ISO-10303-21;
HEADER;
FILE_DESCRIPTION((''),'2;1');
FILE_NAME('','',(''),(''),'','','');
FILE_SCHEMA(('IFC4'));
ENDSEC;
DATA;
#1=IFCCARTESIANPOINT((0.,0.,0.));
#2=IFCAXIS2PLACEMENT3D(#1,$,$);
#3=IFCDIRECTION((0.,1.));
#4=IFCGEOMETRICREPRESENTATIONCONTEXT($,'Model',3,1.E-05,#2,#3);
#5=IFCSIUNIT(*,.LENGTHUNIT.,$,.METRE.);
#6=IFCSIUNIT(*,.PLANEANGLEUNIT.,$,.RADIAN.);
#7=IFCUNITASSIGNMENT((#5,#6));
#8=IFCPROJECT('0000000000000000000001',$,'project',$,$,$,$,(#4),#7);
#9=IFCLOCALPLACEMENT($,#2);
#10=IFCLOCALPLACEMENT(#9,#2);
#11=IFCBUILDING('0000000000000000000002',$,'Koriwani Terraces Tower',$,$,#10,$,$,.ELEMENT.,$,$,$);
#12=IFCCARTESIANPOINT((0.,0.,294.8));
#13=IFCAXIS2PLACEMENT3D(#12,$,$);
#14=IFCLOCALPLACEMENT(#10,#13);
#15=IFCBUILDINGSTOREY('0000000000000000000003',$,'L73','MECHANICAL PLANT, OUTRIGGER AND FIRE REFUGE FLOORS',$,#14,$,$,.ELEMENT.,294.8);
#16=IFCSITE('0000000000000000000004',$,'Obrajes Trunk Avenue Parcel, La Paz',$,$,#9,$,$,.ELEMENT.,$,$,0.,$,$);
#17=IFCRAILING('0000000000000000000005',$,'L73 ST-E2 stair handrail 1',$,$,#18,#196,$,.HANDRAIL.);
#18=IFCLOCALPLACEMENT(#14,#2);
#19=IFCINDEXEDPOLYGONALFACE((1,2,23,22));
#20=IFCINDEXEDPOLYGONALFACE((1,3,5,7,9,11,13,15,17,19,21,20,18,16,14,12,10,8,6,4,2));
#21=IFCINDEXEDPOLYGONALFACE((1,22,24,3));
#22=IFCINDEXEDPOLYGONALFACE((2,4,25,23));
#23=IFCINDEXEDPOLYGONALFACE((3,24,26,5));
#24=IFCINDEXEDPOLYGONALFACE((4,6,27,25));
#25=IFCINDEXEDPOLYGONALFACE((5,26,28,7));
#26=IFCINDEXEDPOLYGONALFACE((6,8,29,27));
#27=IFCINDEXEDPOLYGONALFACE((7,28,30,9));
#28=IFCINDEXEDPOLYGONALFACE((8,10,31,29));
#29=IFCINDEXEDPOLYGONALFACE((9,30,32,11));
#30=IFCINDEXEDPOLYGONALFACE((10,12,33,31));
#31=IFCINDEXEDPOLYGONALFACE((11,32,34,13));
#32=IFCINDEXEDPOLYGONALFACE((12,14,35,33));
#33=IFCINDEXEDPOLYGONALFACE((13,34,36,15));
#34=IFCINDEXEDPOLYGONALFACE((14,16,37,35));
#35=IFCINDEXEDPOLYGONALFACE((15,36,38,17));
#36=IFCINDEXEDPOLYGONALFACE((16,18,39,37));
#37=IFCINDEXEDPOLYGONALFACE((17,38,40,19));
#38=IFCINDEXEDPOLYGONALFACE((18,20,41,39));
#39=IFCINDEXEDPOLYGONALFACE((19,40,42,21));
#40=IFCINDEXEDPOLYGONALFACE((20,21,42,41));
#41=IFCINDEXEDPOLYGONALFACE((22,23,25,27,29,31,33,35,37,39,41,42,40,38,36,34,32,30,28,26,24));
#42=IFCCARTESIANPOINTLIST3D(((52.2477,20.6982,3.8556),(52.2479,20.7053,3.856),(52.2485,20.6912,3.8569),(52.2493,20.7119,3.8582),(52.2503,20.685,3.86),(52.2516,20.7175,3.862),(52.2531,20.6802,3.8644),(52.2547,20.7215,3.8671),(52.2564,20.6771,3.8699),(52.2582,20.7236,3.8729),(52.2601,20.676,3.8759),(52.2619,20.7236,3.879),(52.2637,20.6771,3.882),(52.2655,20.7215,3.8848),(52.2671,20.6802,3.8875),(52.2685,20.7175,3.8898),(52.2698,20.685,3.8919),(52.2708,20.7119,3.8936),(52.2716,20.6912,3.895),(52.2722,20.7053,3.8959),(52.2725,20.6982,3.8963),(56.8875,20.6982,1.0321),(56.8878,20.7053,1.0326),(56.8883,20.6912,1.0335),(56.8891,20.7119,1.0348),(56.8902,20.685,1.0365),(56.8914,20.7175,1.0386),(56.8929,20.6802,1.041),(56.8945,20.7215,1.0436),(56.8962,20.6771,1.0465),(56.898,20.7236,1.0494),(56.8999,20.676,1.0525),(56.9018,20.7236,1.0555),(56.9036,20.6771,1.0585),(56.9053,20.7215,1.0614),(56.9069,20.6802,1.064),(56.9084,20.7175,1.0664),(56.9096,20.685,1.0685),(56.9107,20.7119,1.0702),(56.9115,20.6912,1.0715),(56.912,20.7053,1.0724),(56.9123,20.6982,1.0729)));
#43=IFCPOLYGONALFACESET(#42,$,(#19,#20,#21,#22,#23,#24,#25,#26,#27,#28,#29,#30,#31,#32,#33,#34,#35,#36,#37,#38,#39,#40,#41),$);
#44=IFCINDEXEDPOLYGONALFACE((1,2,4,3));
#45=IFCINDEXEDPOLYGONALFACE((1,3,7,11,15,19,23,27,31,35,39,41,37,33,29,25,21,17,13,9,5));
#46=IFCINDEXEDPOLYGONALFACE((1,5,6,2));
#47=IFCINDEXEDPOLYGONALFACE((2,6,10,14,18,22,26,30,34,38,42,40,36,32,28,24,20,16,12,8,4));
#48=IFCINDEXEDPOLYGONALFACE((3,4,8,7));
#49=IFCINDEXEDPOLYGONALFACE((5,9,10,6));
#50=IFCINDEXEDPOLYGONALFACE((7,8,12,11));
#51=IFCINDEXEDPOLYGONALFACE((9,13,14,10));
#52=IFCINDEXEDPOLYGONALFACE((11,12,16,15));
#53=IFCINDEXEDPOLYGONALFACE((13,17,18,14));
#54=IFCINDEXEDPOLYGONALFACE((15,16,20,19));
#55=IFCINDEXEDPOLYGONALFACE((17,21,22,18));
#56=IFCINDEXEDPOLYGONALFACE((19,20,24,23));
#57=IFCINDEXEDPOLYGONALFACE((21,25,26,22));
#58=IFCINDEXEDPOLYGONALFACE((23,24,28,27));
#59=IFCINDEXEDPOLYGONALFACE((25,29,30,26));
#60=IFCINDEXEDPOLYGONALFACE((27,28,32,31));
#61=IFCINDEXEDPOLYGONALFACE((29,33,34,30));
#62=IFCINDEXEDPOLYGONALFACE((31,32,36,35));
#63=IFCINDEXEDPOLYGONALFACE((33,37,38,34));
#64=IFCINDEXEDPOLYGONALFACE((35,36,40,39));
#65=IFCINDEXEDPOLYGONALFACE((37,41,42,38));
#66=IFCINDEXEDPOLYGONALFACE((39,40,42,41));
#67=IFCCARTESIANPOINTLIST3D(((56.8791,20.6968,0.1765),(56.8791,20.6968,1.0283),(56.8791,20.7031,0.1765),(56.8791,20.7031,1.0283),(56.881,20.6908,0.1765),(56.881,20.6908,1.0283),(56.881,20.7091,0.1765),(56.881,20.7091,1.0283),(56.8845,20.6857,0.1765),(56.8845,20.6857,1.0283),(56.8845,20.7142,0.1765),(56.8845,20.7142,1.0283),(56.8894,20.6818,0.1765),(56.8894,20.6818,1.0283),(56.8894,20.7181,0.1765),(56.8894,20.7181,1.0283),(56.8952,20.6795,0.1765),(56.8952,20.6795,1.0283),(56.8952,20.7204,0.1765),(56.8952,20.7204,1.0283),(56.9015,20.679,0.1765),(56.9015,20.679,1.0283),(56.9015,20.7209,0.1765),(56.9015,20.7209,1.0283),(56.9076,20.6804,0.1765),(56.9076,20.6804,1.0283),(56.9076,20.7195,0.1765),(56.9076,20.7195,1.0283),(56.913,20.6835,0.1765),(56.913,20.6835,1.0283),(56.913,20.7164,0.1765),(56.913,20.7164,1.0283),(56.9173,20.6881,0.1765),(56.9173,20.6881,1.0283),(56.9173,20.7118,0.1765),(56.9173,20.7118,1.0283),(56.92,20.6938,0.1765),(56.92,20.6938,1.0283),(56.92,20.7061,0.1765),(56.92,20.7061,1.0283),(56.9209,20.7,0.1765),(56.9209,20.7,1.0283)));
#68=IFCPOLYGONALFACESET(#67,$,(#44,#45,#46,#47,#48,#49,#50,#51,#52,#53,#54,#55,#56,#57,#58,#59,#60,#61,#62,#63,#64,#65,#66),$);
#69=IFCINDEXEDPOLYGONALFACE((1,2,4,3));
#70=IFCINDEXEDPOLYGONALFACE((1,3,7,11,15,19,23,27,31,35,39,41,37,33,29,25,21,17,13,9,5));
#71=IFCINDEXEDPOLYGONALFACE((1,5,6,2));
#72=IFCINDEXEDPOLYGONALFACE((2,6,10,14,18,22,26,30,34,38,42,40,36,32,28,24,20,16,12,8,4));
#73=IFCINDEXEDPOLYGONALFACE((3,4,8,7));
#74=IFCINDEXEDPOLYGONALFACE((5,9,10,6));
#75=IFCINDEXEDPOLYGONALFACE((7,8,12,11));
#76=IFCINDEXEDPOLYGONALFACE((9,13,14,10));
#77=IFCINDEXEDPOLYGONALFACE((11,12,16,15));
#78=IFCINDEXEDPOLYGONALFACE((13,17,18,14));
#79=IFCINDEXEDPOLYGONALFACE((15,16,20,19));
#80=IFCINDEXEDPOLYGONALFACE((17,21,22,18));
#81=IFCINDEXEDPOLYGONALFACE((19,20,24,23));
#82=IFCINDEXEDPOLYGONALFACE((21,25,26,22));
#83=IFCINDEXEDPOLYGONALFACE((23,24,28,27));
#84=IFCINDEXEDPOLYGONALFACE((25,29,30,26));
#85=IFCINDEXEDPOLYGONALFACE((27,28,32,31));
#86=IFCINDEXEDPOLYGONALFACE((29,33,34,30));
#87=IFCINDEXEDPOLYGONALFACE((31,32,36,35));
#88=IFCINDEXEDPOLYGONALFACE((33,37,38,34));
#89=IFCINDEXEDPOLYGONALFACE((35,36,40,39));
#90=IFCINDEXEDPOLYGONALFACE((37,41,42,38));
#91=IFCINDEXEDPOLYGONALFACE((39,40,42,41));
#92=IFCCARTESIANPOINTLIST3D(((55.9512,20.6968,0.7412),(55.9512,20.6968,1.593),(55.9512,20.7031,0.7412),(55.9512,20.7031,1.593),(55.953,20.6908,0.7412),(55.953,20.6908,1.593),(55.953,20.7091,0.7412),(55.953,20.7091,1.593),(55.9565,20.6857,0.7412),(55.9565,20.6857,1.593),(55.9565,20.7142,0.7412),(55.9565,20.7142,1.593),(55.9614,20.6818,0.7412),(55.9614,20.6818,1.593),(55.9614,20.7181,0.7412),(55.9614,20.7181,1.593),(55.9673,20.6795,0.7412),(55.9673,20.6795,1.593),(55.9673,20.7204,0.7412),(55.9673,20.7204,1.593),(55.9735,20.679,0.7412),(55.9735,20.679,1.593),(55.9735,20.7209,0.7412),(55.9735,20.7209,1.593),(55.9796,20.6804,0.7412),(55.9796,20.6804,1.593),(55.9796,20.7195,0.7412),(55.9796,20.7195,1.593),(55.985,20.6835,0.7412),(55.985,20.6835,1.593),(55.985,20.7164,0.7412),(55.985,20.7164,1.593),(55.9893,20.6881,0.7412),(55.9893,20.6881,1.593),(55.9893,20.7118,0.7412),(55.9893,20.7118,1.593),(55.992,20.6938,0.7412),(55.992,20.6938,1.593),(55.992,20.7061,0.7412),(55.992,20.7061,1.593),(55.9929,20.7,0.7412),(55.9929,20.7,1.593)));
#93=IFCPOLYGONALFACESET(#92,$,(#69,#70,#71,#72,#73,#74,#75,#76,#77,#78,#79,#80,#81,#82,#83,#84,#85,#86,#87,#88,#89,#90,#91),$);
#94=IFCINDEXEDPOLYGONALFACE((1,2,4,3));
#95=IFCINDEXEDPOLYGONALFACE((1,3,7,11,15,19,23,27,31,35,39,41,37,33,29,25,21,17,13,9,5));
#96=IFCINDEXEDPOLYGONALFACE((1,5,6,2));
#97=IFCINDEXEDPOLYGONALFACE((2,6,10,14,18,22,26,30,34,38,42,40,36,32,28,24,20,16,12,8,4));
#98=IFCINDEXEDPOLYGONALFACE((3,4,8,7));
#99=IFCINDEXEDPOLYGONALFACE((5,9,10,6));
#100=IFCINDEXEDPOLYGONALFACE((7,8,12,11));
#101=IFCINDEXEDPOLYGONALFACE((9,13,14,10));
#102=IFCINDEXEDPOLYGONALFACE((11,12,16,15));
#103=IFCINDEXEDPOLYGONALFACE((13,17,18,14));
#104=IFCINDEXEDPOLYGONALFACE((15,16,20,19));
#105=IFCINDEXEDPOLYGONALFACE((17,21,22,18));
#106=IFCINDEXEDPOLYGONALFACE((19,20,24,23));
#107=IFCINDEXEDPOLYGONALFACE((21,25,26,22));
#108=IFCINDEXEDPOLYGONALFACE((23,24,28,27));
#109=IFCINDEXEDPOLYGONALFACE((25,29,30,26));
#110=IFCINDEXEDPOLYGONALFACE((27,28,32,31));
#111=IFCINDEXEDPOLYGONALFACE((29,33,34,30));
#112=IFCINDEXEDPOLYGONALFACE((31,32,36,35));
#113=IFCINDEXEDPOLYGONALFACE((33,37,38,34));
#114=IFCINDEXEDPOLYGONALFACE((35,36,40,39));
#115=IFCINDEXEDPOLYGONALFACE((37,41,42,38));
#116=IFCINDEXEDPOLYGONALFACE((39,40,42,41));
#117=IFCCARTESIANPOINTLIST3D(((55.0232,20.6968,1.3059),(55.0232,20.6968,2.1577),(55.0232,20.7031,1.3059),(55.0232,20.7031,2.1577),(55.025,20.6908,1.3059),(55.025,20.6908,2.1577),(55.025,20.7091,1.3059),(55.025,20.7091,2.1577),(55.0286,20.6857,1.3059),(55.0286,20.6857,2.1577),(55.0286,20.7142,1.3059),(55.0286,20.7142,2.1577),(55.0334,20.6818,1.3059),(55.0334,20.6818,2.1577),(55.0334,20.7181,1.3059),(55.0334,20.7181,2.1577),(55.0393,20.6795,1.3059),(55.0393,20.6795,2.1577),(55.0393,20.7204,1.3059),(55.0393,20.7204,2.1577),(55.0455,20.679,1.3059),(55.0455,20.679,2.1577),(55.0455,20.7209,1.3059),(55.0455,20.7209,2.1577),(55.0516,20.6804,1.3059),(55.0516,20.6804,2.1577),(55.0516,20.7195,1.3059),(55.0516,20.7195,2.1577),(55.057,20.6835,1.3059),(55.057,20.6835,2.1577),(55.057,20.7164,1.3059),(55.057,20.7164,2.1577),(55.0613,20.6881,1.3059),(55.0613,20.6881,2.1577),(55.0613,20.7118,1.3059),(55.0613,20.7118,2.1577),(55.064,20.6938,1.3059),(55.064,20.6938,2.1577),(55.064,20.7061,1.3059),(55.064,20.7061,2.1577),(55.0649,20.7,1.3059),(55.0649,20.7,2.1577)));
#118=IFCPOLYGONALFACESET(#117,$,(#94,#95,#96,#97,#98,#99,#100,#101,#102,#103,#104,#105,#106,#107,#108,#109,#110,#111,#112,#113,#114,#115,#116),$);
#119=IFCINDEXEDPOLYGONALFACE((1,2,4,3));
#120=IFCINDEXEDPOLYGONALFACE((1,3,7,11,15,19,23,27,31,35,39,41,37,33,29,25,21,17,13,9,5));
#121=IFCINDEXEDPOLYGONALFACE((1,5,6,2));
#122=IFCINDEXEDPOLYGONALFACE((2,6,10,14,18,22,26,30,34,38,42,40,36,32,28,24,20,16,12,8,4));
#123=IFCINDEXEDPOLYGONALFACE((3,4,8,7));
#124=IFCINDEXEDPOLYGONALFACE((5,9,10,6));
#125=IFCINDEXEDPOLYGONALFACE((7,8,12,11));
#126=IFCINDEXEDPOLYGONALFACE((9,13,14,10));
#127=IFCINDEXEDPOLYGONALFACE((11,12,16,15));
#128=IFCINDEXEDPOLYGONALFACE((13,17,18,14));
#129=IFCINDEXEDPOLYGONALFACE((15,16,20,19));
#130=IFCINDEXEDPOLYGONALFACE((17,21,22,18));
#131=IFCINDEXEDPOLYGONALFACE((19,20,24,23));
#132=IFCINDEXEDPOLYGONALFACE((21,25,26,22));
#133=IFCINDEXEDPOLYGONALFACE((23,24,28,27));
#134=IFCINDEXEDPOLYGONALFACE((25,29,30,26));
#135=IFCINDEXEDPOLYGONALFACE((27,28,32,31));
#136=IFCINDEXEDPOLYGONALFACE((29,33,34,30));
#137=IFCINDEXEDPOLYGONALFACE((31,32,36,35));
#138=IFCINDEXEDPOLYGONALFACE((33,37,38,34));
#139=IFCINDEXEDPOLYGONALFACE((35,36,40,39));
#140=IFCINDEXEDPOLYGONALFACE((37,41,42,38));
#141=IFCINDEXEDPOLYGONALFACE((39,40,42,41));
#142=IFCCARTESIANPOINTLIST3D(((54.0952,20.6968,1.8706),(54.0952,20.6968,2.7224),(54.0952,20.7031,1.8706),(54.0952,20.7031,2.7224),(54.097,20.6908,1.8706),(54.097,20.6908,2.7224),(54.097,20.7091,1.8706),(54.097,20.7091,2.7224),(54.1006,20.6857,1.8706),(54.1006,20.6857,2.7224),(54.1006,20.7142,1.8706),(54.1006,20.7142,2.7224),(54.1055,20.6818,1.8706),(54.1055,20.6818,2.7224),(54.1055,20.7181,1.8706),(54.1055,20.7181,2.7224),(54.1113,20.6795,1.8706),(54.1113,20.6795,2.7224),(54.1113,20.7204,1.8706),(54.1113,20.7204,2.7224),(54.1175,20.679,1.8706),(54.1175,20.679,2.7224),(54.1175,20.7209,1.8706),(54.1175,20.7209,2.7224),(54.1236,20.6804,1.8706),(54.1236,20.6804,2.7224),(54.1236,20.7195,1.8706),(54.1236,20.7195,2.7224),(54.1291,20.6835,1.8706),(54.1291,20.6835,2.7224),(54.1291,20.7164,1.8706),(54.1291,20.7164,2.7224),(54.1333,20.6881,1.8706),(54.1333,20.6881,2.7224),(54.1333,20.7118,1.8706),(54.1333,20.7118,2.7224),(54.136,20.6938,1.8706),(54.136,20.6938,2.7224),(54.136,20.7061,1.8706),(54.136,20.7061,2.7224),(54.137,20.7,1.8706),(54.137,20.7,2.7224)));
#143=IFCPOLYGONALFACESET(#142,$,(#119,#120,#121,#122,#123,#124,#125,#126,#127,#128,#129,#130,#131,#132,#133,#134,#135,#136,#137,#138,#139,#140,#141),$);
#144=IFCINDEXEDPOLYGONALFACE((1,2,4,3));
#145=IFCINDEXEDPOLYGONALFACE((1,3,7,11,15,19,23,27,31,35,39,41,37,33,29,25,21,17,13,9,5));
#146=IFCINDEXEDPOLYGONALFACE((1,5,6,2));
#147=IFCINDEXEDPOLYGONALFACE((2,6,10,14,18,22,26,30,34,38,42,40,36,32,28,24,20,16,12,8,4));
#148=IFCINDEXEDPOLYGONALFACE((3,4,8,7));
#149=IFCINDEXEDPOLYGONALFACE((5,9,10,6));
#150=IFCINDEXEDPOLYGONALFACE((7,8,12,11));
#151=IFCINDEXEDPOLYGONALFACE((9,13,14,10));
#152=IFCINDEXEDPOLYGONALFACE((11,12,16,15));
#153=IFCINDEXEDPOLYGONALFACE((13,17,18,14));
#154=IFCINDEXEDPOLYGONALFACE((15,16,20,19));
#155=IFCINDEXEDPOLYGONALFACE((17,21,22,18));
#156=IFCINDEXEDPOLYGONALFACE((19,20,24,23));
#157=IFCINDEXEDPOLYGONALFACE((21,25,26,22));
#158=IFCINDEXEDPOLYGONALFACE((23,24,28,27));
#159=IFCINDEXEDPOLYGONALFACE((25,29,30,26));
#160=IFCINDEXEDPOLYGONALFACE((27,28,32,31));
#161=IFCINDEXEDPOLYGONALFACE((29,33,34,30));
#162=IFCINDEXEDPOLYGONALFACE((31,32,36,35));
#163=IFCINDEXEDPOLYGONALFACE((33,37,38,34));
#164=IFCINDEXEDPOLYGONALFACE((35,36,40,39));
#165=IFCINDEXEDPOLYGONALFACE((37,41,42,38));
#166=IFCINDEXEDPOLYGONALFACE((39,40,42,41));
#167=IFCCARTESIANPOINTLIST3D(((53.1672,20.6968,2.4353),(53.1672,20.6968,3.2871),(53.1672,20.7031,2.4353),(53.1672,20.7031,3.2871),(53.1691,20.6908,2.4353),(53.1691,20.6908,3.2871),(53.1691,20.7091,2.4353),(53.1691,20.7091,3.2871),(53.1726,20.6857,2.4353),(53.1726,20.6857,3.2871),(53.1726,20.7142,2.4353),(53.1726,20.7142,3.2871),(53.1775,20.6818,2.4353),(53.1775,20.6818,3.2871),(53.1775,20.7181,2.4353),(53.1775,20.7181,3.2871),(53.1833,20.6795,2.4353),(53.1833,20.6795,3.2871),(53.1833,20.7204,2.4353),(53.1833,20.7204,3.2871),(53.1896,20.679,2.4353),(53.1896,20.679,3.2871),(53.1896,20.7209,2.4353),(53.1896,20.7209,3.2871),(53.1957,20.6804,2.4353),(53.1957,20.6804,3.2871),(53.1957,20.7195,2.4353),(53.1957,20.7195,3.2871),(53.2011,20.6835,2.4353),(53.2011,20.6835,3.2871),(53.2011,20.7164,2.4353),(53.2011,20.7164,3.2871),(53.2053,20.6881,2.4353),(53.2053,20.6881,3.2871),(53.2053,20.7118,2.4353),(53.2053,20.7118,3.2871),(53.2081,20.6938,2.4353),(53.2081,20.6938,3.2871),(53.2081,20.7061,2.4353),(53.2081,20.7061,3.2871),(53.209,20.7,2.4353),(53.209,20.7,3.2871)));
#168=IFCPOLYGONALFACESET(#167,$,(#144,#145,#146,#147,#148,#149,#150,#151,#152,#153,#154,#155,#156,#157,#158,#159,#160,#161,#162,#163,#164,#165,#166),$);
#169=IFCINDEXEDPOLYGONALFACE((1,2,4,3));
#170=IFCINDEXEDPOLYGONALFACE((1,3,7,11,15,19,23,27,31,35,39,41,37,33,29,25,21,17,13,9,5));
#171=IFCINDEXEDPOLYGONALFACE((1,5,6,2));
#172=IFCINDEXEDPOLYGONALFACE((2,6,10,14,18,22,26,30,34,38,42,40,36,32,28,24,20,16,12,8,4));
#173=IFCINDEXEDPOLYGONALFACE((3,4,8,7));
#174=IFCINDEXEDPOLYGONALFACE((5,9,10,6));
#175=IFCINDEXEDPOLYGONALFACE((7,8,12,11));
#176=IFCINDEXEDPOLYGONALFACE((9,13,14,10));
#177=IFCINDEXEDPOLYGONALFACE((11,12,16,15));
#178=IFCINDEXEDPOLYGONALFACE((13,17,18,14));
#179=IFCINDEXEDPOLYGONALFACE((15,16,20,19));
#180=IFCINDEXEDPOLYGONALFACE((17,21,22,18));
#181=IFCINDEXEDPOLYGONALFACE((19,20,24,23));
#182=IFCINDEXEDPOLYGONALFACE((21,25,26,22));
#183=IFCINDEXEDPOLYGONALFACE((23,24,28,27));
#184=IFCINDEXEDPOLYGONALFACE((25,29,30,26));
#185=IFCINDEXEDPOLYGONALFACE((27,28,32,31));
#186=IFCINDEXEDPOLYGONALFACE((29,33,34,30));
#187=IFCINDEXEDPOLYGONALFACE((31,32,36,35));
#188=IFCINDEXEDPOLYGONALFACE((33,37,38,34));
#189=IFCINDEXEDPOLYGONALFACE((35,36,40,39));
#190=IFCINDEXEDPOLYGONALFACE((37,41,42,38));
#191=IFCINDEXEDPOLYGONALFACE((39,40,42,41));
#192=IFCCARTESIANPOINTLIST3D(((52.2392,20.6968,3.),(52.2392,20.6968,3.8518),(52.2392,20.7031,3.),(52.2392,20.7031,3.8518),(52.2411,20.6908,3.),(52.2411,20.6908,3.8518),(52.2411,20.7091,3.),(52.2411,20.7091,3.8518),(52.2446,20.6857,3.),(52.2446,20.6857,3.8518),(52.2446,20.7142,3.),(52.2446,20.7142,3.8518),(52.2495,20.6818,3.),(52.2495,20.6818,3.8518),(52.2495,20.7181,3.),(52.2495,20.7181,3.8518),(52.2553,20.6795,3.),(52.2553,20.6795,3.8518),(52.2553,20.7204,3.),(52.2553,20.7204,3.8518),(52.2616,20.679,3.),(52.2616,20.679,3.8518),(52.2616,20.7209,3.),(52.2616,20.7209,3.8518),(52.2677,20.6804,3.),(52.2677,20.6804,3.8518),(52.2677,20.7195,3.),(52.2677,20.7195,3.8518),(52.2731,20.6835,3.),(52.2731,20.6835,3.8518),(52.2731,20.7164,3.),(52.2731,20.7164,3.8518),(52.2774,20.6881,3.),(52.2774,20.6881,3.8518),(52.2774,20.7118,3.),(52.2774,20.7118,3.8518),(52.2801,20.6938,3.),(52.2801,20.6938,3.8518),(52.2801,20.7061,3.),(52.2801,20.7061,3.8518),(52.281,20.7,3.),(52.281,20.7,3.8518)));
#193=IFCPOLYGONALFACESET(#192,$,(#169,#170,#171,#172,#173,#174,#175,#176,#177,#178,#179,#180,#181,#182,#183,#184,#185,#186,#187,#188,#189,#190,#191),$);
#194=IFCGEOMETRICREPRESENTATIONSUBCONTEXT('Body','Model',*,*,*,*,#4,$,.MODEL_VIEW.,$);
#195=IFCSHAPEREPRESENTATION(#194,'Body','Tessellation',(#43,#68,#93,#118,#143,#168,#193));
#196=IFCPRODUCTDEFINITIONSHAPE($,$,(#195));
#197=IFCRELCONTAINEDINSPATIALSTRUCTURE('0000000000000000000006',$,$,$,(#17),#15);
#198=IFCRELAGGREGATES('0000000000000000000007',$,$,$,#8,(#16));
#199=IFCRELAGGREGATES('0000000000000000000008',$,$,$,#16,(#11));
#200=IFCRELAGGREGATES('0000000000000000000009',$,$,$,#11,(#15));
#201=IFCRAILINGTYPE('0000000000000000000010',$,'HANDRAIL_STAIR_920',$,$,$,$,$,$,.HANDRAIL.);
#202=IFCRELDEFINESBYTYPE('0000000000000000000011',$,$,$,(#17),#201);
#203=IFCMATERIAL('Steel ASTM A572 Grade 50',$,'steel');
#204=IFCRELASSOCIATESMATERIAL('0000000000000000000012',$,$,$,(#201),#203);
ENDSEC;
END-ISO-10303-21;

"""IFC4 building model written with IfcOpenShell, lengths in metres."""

from ifc_helpers import new_model, si_unit, direction, frame, origin, origin_2d, place, context, subcontext, project, spatial, circle, extrude, material, type_object, element, save


model = new_model("IFC4")

# Units and contexts
model_context = context("Model", 3, precision=1e-05, world=origin(), true_north=direction((0.0, 1.0)))
body_context = subcontext(model_context, "Body", "Model", "MODEL_VIEW")
ifc_project = project(units=[si_unit("LENGTHUNIT", "METRE"), si_unit("PLANEANGLEUNIT", "RADIAN")], contexts=[model_context])

# Site, building, storey
site_placement = place(None, origin())
site = spatial("IfcSite", under=ifc_project, at=site_placement, Name="Obrajes Trunk Avenue Parcel, La Paz", CompositionType="ELEMENT", RefElevation=0.0)
building_placement = place(site_placement, origin())
building = spatial("IfcBuilding", under=site, at=building_placement, Name="Koriwani Terraces Tower", CompositionType="ELEMENT")
storey_placement = place(building_placement, frame((0.0, 0.0, 294.8)))
storey = spatial("IfcBuildingStorey", under=building, at=storey_placement, Name="L73", Description="MECHANICAL PLANT, OUTRIGGER AND FIRE REFUGE FLOORS", CompositionType="ELEMENT", Elevation=294.8)

# Shared definitions
ifc_material_1 = material(Name="Steel ASTM A572 Grade 50", Category="steel")

# Railing
railing_type_1 = type_object("IfcRailingType", Name="HANDRAIL_STAIR_920", PredefinedType="HANDRAIL", material=ifc_material_1)
railing_1_placement = place(storey_placement, frame((56.8999, 20.7, 0.1765)))
element("IfcRailing", 1, at=railing_1_placement, inside=storey, type_object=railing_type_1, Name="L73 ST-E2 stair handrail 1", PredefinedType="HANDRAIL", context=body_context, shape_type="SweptSolid", body=[
    extrude(circle(Radius=0.0239, at=origin_2d()), frame((0.0, 0.0, 0.876), z_axis=(-0.854264, 0.0, 0.51984), x_axis=(0.0, -1.0, 0.0)), (0.0, 0.0, 1.0), 5.4314),
    extrude(circle(Radius=0.021, at=origin_2d()), origin(), (0.0, 0.0, 1.0), 0.8518),
    extrude(circle(Radius=0.021, at=origin_2d()), frame((-0.928, 0.0, 0.5647)), (0.0, 0.0, 1.0), 0.8518),
    extrude(circle(Radius=0.021, at=origin_2d()), frame((-1.856, 0.0, 1.1294)), (0.0, 0.0, 1.0), 0.8518),
    extrude(circle(Radius=0.021, at=origin_2d()), frame((-2.7839, 0.0, 1.6941)), (0.0, 0.0, 1.0), 0.8518),
    extrude(circle(Radius=0.021, at=origin_2d()), frame((-3.7119, 0.0, 2.2588)), (0.0, 0.0, 1.0), 0.8518),
    extrude(circle(Radius=0.021, at=origin_2d()), frame((-4.6399, 0.0, 2.8235)), (0.0, 0.0, 1.0), 0.8518),
])

save(model, "model.ifc")
